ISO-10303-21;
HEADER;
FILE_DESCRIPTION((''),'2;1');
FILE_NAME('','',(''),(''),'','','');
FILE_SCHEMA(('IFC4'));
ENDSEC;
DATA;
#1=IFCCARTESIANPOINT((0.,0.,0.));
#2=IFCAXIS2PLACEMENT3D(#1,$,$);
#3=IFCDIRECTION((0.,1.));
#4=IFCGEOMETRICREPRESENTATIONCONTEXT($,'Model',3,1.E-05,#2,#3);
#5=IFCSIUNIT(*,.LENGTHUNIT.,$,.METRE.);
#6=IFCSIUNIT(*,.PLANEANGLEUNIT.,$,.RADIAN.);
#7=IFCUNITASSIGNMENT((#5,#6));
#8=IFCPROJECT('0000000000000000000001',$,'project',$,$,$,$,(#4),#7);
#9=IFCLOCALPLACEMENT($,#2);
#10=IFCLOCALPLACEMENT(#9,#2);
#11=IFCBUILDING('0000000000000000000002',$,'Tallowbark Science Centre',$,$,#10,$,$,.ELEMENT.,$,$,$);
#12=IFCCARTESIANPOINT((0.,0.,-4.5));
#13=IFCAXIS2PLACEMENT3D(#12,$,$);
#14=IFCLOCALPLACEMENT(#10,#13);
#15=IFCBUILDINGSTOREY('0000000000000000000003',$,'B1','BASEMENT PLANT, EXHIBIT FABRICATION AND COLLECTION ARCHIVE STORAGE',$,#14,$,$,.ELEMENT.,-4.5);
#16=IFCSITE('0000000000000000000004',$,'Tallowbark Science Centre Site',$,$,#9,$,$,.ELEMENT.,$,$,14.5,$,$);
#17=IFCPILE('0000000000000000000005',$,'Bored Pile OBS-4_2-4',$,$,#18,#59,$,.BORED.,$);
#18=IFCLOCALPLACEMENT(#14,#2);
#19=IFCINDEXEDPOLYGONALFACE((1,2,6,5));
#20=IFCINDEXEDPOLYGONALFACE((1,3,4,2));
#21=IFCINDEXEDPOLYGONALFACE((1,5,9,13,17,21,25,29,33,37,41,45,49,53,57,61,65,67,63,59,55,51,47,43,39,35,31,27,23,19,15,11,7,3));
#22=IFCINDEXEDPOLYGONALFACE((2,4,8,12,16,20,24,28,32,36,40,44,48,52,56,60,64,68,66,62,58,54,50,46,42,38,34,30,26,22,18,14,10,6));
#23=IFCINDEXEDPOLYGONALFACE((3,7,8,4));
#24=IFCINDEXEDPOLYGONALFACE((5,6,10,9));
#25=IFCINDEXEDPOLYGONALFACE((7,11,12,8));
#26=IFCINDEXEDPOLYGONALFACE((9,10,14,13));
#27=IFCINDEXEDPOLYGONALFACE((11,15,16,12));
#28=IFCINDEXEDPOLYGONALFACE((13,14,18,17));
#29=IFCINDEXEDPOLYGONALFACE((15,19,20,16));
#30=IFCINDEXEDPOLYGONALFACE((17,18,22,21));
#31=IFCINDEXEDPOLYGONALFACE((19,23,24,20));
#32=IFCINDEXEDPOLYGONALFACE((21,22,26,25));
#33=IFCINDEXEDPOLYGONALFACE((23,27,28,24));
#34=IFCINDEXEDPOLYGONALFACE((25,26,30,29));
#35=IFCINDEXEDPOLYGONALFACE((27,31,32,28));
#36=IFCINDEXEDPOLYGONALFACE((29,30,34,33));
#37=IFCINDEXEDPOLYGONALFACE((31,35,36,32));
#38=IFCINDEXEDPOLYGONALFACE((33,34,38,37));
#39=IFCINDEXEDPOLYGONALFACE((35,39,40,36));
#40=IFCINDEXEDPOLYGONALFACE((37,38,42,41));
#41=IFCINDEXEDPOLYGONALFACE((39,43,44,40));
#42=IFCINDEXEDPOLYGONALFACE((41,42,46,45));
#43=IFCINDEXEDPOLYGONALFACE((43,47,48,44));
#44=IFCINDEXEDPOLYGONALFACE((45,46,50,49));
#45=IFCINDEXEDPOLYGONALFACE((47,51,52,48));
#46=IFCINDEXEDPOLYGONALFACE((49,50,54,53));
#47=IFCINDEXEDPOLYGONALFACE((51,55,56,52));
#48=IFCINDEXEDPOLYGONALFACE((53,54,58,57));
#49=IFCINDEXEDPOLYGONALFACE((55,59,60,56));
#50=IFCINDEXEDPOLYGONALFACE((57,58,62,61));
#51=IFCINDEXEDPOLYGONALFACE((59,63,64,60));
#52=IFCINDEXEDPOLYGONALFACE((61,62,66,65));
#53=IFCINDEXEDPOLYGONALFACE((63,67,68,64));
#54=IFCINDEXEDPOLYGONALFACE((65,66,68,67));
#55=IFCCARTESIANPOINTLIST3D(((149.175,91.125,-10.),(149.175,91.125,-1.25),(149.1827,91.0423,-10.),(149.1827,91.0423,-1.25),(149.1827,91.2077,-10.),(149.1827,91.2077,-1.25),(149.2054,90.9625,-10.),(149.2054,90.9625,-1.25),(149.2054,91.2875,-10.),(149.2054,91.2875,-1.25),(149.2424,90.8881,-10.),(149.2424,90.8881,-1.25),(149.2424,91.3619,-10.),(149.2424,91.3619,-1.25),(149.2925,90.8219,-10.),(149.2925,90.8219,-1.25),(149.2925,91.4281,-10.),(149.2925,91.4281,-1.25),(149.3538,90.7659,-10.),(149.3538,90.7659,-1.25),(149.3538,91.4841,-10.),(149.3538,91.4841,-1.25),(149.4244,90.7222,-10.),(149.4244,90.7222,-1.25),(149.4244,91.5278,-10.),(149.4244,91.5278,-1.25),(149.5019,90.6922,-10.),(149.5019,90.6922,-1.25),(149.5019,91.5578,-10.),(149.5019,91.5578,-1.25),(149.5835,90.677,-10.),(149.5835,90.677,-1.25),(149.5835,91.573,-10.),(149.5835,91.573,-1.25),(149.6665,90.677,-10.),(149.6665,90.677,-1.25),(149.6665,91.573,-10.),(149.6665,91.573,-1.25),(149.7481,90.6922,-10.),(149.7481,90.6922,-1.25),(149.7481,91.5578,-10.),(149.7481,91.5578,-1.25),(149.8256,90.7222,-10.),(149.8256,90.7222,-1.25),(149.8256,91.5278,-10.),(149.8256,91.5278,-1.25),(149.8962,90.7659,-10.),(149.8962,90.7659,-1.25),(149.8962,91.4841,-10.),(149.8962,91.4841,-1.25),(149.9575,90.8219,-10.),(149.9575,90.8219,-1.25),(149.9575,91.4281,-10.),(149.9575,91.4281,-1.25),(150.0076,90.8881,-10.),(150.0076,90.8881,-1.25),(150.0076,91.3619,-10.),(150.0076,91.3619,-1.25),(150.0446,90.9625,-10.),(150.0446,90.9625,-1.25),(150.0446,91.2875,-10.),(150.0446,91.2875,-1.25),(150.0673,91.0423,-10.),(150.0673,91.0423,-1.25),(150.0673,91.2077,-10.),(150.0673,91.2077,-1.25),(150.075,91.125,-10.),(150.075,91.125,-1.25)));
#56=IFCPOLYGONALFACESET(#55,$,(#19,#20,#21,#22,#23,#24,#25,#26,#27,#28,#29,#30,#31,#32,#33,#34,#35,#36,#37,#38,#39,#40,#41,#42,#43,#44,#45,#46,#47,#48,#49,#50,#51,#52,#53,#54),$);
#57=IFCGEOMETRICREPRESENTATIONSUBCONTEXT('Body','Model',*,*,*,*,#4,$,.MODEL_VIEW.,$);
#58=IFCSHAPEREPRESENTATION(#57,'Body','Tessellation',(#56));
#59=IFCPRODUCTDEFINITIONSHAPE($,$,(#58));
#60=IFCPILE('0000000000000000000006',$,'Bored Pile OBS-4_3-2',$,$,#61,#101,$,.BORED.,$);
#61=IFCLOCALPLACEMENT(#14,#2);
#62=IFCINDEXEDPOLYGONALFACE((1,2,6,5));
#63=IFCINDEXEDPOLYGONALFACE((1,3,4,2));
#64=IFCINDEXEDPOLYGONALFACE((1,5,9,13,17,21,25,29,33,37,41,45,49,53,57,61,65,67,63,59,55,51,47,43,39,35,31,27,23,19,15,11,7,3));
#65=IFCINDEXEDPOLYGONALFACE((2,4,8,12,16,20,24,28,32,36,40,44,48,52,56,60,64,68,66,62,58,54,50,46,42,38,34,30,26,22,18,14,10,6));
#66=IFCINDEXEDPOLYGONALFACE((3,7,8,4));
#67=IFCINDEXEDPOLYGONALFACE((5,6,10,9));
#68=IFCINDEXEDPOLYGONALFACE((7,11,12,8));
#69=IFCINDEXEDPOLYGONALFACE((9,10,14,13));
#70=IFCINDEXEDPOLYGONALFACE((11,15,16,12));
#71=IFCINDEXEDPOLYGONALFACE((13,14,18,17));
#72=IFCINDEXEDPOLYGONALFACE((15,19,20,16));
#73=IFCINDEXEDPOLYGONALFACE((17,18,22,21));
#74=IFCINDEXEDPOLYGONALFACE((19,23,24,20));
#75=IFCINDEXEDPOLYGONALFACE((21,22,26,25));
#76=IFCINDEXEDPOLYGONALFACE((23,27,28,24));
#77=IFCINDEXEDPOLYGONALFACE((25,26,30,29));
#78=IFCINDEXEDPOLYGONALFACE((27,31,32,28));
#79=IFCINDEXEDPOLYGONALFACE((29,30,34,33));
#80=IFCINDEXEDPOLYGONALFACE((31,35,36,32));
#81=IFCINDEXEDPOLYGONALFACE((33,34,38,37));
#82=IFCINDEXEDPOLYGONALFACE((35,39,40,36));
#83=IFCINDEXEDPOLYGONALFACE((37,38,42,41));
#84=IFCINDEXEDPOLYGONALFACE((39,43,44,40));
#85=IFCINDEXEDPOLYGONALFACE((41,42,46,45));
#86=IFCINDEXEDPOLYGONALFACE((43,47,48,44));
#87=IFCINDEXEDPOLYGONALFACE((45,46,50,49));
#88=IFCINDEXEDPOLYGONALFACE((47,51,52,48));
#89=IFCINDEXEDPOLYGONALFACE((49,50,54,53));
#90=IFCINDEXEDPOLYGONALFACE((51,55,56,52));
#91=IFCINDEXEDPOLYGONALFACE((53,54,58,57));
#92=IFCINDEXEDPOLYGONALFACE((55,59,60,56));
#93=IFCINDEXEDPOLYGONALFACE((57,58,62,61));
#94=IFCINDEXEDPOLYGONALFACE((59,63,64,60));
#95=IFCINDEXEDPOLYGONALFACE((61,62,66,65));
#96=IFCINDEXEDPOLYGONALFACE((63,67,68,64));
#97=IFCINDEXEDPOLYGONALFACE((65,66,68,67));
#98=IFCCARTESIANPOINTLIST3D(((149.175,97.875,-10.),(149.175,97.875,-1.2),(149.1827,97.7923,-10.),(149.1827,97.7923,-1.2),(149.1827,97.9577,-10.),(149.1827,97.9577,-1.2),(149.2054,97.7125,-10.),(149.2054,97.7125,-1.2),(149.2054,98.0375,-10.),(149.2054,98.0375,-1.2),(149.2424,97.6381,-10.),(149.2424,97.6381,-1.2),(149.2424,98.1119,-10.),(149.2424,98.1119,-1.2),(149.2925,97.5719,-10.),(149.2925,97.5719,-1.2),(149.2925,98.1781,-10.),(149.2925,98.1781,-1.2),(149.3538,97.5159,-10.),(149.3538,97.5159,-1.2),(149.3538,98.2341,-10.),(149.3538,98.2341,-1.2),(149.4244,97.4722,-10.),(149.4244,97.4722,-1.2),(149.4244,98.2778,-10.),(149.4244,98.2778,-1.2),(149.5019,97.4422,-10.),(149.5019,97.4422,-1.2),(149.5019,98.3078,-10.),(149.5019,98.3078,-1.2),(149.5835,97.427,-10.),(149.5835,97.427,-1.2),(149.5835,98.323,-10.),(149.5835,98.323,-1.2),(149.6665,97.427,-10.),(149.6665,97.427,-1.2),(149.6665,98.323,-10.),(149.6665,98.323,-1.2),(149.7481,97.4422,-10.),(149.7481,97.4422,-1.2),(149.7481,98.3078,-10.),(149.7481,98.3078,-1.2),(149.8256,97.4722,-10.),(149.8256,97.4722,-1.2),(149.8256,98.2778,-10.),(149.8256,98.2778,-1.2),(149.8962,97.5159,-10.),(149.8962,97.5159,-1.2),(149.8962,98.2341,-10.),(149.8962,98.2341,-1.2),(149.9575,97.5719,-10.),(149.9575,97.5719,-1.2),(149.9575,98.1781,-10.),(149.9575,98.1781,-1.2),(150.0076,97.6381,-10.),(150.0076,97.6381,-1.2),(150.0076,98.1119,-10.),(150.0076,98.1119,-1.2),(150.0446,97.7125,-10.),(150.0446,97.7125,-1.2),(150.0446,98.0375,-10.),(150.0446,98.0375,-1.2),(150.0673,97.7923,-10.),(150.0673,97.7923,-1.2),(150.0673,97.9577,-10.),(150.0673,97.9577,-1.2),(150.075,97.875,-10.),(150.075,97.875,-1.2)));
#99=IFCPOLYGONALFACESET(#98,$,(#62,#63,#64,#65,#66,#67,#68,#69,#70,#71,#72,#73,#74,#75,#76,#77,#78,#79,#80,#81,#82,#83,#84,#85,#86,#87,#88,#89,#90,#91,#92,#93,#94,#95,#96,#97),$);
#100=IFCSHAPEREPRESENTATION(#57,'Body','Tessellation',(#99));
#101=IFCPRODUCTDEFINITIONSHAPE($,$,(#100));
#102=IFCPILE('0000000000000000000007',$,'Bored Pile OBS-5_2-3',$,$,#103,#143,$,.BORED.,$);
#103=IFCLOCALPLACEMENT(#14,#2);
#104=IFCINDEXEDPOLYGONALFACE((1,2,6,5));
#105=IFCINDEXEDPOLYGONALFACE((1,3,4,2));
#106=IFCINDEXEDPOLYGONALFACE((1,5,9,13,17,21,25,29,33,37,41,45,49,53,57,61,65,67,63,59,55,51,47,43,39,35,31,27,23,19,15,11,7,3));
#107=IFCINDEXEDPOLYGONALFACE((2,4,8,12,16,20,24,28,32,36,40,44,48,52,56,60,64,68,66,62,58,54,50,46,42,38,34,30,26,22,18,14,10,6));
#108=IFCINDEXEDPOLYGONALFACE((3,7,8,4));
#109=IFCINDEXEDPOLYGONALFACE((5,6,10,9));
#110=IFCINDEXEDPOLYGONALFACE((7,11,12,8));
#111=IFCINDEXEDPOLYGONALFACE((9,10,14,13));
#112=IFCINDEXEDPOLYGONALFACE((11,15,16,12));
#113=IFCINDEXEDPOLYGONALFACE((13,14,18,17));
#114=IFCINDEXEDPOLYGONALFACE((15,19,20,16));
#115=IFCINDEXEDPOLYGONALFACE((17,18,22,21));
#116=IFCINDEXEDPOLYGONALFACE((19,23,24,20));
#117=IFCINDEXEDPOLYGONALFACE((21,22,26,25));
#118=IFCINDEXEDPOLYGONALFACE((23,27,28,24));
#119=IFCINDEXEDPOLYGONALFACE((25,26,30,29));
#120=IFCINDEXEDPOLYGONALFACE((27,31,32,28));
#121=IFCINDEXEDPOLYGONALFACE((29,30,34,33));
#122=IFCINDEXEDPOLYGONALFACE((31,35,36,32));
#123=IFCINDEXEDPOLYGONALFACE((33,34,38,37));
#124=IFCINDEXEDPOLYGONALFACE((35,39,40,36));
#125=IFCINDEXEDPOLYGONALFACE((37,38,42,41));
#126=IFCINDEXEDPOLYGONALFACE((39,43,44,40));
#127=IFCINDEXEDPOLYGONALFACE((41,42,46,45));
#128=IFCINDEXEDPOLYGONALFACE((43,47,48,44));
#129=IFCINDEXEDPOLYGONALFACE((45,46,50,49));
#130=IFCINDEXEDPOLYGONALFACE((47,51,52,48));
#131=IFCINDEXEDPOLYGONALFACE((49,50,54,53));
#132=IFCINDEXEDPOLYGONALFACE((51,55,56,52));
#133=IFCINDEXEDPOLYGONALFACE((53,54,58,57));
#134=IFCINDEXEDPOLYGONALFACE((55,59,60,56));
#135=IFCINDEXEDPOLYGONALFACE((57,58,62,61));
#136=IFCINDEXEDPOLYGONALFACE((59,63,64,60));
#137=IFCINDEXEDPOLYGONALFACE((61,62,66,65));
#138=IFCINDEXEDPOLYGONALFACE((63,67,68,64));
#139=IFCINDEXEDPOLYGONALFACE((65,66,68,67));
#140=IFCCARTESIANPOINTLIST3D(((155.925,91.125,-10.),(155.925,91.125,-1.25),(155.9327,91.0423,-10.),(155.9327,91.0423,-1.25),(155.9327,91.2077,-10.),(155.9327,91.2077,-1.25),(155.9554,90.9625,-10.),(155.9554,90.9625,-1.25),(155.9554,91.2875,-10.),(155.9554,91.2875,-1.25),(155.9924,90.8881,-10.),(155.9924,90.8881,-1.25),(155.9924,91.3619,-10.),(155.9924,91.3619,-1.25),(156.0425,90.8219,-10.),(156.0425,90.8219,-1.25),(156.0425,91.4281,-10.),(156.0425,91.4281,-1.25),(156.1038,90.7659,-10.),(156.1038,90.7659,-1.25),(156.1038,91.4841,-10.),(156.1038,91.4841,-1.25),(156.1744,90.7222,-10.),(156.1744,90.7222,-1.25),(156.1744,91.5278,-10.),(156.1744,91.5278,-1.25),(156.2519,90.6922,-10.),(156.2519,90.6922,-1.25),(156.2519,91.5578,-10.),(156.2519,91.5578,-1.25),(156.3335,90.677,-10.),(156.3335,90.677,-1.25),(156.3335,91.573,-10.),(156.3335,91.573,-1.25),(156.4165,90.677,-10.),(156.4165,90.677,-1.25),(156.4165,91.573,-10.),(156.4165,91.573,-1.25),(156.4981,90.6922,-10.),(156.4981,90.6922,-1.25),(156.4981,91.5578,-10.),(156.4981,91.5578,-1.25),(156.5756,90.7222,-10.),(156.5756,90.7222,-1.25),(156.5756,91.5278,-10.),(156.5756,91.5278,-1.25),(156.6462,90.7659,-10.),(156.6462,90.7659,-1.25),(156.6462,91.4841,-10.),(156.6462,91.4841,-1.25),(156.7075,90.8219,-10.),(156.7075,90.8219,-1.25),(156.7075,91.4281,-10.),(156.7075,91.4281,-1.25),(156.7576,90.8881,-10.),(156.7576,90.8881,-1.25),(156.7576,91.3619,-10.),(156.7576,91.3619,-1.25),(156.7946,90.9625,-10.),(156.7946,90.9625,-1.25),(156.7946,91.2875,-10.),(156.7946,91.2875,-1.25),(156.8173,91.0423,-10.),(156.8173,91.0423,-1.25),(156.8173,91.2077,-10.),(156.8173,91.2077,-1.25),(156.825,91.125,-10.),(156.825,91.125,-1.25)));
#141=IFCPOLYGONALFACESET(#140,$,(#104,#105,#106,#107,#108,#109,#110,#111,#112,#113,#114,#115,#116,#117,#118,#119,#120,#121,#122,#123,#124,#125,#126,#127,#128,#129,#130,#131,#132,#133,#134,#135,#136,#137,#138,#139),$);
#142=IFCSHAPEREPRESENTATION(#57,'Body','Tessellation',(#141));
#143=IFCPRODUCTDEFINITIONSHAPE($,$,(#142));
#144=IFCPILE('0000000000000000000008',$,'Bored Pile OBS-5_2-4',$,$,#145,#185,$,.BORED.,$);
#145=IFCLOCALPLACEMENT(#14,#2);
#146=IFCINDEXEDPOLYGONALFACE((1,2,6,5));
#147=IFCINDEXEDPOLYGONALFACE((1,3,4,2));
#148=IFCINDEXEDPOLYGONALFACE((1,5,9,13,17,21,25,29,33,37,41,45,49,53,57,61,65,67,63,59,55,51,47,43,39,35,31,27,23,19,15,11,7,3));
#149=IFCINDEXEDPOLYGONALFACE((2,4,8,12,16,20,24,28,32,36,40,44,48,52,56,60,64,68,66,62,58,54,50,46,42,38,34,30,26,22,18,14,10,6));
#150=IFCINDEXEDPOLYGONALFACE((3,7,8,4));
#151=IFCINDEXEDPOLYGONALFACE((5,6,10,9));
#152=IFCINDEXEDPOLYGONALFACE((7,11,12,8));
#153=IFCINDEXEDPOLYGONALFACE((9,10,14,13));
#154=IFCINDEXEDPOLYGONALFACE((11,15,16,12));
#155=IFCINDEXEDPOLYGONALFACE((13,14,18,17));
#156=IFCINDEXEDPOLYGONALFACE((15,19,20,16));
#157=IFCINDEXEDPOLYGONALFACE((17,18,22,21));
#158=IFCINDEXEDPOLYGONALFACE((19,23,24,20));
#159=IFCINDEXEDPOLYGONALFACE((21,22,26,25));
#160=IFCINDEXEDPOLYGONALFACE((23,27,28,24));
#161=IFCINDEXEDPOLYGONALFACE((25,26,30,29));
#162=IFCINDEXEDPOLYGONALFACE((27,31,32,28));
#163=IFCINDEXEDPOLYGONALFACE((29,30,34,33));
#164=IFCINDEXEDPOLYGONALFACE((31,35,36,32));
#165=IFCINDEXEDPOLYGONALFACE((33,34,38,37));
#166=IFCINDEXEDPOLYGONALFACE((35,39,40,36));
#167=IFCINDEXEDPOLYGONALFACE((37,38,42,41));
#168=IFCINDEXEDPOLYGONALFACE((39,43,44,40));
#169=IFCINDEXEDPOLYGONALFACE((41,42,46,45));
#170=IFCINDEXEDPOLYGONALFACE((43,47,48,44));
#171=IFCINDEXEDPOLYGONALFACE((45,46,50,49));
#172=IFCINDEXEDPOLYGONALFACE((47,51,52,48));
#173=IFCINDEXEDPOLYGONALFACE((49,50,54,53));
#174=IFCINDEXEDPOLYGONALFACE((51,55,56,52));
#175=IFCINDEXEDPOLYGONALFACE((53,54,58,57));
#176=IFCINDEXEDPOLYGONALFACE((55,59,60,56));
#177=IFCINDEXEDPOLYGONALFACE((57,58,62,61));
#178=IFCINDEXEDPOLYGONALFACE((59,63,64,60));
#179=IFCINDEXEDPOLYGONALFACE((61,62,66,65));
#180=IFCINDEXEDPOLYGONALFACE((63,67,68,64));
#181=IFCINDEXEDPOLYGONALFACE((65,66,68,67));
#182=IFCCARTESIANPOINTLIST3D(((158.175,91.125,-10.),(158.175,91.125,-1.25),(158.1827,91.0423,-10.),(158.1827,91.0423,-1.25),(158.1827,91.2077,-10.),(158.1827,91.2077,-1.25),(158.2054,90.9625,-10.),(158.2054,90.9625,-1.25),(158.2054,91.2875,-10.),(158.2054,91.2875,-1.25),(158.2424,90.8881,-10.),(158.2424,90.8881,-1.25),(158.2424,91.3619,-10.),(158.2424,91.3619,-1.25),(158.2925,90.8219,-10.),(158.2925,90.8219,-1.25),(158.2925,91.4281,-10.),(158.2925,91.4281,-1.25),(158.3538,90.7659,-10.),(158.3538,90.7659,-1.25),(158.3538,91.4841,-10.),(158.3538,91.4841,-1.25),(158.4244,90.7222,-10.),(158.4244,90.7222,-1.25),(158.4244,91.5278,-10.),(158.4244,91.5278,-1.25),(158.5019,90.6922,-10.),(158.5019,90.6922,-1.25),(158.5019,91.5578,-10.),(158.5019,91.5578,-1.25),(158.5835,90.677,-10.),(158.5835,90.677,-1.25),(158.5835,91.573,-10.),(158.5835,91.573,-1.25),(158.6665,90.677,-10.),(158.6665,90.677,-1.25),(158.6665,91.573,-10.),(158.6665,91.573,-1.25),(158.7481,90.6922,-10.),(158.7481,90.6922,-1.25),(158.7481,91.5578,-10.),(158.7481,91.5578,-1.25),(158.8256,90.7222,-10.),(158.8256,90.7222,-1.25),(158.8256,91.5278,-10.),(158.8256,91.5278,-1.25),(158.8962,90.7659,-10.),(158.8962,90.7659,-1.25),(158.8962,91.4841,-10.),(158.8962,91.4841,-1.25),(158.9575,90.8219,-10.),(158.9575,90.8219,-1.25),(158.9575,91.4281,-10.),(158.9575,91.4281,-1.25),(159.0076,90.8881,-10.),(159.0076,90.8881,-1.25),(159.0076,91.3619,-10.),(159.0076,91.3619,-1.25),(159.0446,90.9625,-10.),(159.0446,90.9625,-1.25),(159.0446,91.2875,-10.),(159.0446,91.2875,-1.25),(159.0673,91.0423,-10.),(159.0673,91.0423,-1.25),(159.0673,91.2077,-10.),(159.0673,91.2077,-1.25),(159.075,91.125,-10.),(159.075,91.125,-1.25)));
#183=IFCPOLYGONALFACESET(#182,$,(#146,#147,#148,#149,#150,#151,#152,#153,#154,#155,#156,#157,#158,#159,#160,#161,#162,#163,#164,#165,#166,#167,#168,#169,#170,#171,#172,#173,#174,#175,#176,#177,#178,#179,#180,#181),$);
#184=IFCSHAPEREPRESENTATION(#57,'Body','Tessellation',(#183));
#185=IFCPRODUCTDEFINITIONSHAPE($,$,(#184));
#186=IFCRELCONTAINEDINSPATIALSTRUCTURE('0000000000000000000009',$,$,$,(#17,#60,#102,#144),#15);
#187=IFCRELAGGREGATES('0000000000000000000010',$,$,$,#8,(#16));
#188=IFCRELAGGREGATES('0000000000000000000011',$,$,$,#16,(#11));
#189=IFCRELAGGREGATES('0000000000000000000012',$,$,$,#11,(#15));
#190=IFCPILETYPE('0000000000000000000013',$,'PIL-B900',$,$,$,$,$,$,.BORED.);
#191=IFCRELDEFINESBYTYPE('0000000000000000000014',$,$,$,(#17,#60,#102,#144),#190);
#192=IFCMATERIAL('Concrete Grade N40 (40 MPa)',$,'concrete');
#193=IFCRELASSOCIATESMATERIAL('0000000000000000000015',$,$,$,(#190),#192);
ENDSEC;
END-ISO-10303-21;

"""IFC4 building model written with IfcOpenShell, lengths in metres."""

from ifc_helpers import new_model, si_unit, direction, frame, origin, origin_2d, place, context, subcontext, project, spatial, circle, extrude, material, material_profile, profile_set, type_object, element, save


model = new_model("IFC4")

# Units and contexts
model_context = context("Model", 3, precision=1e-05, world=origin(), true_north=direction((0.0, 1.0)))
body_context = subcontext(model_context, "Body", "Model", "MODEL_VIEW")
ifc_project = project(units=[si_unit("LENGTHUNIT", "METRE"), si_unit("PLANEANGLEUNIT", "RADIAN")], contexts=[model_context])

# Site, building, storey
site_placement = place(None, origin())
site = spatial("IfcSite", under=ifc_project, at=site_placement, Name="Tallowbark Science Centre Site", CompositionType="ELEMENT", RefElevation=14.5)
building_placement = place(site_placement, origin())
building = spatial("IfcBuilding", under=site, at=building_placement, Name="Tallowbark Science Centre", CompositionType="ELEMENT")
storey_placement = place(building_placement, frame((0.0, 0.0, -4.5)))
storey = spatial("IfcBuildingStorey", under=building, at=storey_placement, Name="B1", Description="BASEMENT PLANT, EXHIBIT FABRICATION AND COLLECTION ARCHIVE STORAGE", CompositionType="ELEMENT", Elevation=-4.5)

# Shared definitions
ifc_material_1 = material(Name="Concrete Grade N40 (40 MPa)", Category="concrete")

# Piles
ifc_material_profile_1 = material_profile(ifc_material_1, circle(Radius=0.45, at=origin_2d()), Name="PILE900")
ifc_profile_set_1 = profile_set([ifc_material_profile_1], Name="Concrete Grade N40 (40 MPa)")
pile_type_1 = type_object("IfcPileType", Name="PIL-B900", PredefinedType="BORED", material=ifc_profile_set_1)
pile_1_placement = place(storey_placement, frame((149.625, 91.125, -1.25), z_axis=(0.0, 0.0, -1.0), x_axis=(1.0, 0.0, 0.0)))
element("IfcPile", 1, at=pile_1_placement, inside=storey, type_object=pile_type_1, Name="Bored Pile OBS-4_2-4", PredefinedType="BORED", context=body_context, shape_type="SweptSolid", body=[
    extrude(circle(Radius=0.45, at=origin_2d()), origin(), (0.0, 0.0, 1.0), 8.75),
])
pile_2_placement = place(storey_placement, frame((149.625, 97.875, -1.2), z_axis=(0.0, 0.0, -1.0), x_axis=(1.0, 0.0, 0.0)))
element("IfcPile", 2, at=pile_2_placement, inside=storey, type_object=pile_type_1, Name="Bored Pile OBS-4_3-2", PredefinedType="BORED", context=body_context, shape_type="SweptSolid", body=[
    extrude(circle(Radius=0.45, at=origin_2d()), origin(), (0.0, 0.0, 1.0), 8.8),
])
for number, where, z_axis, x_axis, name in (
    (3, (156.375, 91.125, -1.25), (0.0, 0.0, -1.0), (1.0, 0.0, 0.0), "Bored Pile OBS-5_2-3"),
    (4, (158.625, 91.125, -1.25), (0.0, 0.0, -1.0), (1.0, 0.0, 0.0), "Bored Pile OBS-5_2-4"),
):
    element("IfcPile", number, at=place(storey_placement, frame(where, z_axis=z_axis, x_axis=x_axis)), inside=storey, type_object=pile_type_1, Name=name, PredefinedType="BORED", context=body_context, shape_type="SweptSolid", body=[
        extrude(circle(Radius=0.45, at=origin_2d()), origin(), (0.0, 0.0, 1.0), 8.75),
    ])

save(model, "model.ifc")
